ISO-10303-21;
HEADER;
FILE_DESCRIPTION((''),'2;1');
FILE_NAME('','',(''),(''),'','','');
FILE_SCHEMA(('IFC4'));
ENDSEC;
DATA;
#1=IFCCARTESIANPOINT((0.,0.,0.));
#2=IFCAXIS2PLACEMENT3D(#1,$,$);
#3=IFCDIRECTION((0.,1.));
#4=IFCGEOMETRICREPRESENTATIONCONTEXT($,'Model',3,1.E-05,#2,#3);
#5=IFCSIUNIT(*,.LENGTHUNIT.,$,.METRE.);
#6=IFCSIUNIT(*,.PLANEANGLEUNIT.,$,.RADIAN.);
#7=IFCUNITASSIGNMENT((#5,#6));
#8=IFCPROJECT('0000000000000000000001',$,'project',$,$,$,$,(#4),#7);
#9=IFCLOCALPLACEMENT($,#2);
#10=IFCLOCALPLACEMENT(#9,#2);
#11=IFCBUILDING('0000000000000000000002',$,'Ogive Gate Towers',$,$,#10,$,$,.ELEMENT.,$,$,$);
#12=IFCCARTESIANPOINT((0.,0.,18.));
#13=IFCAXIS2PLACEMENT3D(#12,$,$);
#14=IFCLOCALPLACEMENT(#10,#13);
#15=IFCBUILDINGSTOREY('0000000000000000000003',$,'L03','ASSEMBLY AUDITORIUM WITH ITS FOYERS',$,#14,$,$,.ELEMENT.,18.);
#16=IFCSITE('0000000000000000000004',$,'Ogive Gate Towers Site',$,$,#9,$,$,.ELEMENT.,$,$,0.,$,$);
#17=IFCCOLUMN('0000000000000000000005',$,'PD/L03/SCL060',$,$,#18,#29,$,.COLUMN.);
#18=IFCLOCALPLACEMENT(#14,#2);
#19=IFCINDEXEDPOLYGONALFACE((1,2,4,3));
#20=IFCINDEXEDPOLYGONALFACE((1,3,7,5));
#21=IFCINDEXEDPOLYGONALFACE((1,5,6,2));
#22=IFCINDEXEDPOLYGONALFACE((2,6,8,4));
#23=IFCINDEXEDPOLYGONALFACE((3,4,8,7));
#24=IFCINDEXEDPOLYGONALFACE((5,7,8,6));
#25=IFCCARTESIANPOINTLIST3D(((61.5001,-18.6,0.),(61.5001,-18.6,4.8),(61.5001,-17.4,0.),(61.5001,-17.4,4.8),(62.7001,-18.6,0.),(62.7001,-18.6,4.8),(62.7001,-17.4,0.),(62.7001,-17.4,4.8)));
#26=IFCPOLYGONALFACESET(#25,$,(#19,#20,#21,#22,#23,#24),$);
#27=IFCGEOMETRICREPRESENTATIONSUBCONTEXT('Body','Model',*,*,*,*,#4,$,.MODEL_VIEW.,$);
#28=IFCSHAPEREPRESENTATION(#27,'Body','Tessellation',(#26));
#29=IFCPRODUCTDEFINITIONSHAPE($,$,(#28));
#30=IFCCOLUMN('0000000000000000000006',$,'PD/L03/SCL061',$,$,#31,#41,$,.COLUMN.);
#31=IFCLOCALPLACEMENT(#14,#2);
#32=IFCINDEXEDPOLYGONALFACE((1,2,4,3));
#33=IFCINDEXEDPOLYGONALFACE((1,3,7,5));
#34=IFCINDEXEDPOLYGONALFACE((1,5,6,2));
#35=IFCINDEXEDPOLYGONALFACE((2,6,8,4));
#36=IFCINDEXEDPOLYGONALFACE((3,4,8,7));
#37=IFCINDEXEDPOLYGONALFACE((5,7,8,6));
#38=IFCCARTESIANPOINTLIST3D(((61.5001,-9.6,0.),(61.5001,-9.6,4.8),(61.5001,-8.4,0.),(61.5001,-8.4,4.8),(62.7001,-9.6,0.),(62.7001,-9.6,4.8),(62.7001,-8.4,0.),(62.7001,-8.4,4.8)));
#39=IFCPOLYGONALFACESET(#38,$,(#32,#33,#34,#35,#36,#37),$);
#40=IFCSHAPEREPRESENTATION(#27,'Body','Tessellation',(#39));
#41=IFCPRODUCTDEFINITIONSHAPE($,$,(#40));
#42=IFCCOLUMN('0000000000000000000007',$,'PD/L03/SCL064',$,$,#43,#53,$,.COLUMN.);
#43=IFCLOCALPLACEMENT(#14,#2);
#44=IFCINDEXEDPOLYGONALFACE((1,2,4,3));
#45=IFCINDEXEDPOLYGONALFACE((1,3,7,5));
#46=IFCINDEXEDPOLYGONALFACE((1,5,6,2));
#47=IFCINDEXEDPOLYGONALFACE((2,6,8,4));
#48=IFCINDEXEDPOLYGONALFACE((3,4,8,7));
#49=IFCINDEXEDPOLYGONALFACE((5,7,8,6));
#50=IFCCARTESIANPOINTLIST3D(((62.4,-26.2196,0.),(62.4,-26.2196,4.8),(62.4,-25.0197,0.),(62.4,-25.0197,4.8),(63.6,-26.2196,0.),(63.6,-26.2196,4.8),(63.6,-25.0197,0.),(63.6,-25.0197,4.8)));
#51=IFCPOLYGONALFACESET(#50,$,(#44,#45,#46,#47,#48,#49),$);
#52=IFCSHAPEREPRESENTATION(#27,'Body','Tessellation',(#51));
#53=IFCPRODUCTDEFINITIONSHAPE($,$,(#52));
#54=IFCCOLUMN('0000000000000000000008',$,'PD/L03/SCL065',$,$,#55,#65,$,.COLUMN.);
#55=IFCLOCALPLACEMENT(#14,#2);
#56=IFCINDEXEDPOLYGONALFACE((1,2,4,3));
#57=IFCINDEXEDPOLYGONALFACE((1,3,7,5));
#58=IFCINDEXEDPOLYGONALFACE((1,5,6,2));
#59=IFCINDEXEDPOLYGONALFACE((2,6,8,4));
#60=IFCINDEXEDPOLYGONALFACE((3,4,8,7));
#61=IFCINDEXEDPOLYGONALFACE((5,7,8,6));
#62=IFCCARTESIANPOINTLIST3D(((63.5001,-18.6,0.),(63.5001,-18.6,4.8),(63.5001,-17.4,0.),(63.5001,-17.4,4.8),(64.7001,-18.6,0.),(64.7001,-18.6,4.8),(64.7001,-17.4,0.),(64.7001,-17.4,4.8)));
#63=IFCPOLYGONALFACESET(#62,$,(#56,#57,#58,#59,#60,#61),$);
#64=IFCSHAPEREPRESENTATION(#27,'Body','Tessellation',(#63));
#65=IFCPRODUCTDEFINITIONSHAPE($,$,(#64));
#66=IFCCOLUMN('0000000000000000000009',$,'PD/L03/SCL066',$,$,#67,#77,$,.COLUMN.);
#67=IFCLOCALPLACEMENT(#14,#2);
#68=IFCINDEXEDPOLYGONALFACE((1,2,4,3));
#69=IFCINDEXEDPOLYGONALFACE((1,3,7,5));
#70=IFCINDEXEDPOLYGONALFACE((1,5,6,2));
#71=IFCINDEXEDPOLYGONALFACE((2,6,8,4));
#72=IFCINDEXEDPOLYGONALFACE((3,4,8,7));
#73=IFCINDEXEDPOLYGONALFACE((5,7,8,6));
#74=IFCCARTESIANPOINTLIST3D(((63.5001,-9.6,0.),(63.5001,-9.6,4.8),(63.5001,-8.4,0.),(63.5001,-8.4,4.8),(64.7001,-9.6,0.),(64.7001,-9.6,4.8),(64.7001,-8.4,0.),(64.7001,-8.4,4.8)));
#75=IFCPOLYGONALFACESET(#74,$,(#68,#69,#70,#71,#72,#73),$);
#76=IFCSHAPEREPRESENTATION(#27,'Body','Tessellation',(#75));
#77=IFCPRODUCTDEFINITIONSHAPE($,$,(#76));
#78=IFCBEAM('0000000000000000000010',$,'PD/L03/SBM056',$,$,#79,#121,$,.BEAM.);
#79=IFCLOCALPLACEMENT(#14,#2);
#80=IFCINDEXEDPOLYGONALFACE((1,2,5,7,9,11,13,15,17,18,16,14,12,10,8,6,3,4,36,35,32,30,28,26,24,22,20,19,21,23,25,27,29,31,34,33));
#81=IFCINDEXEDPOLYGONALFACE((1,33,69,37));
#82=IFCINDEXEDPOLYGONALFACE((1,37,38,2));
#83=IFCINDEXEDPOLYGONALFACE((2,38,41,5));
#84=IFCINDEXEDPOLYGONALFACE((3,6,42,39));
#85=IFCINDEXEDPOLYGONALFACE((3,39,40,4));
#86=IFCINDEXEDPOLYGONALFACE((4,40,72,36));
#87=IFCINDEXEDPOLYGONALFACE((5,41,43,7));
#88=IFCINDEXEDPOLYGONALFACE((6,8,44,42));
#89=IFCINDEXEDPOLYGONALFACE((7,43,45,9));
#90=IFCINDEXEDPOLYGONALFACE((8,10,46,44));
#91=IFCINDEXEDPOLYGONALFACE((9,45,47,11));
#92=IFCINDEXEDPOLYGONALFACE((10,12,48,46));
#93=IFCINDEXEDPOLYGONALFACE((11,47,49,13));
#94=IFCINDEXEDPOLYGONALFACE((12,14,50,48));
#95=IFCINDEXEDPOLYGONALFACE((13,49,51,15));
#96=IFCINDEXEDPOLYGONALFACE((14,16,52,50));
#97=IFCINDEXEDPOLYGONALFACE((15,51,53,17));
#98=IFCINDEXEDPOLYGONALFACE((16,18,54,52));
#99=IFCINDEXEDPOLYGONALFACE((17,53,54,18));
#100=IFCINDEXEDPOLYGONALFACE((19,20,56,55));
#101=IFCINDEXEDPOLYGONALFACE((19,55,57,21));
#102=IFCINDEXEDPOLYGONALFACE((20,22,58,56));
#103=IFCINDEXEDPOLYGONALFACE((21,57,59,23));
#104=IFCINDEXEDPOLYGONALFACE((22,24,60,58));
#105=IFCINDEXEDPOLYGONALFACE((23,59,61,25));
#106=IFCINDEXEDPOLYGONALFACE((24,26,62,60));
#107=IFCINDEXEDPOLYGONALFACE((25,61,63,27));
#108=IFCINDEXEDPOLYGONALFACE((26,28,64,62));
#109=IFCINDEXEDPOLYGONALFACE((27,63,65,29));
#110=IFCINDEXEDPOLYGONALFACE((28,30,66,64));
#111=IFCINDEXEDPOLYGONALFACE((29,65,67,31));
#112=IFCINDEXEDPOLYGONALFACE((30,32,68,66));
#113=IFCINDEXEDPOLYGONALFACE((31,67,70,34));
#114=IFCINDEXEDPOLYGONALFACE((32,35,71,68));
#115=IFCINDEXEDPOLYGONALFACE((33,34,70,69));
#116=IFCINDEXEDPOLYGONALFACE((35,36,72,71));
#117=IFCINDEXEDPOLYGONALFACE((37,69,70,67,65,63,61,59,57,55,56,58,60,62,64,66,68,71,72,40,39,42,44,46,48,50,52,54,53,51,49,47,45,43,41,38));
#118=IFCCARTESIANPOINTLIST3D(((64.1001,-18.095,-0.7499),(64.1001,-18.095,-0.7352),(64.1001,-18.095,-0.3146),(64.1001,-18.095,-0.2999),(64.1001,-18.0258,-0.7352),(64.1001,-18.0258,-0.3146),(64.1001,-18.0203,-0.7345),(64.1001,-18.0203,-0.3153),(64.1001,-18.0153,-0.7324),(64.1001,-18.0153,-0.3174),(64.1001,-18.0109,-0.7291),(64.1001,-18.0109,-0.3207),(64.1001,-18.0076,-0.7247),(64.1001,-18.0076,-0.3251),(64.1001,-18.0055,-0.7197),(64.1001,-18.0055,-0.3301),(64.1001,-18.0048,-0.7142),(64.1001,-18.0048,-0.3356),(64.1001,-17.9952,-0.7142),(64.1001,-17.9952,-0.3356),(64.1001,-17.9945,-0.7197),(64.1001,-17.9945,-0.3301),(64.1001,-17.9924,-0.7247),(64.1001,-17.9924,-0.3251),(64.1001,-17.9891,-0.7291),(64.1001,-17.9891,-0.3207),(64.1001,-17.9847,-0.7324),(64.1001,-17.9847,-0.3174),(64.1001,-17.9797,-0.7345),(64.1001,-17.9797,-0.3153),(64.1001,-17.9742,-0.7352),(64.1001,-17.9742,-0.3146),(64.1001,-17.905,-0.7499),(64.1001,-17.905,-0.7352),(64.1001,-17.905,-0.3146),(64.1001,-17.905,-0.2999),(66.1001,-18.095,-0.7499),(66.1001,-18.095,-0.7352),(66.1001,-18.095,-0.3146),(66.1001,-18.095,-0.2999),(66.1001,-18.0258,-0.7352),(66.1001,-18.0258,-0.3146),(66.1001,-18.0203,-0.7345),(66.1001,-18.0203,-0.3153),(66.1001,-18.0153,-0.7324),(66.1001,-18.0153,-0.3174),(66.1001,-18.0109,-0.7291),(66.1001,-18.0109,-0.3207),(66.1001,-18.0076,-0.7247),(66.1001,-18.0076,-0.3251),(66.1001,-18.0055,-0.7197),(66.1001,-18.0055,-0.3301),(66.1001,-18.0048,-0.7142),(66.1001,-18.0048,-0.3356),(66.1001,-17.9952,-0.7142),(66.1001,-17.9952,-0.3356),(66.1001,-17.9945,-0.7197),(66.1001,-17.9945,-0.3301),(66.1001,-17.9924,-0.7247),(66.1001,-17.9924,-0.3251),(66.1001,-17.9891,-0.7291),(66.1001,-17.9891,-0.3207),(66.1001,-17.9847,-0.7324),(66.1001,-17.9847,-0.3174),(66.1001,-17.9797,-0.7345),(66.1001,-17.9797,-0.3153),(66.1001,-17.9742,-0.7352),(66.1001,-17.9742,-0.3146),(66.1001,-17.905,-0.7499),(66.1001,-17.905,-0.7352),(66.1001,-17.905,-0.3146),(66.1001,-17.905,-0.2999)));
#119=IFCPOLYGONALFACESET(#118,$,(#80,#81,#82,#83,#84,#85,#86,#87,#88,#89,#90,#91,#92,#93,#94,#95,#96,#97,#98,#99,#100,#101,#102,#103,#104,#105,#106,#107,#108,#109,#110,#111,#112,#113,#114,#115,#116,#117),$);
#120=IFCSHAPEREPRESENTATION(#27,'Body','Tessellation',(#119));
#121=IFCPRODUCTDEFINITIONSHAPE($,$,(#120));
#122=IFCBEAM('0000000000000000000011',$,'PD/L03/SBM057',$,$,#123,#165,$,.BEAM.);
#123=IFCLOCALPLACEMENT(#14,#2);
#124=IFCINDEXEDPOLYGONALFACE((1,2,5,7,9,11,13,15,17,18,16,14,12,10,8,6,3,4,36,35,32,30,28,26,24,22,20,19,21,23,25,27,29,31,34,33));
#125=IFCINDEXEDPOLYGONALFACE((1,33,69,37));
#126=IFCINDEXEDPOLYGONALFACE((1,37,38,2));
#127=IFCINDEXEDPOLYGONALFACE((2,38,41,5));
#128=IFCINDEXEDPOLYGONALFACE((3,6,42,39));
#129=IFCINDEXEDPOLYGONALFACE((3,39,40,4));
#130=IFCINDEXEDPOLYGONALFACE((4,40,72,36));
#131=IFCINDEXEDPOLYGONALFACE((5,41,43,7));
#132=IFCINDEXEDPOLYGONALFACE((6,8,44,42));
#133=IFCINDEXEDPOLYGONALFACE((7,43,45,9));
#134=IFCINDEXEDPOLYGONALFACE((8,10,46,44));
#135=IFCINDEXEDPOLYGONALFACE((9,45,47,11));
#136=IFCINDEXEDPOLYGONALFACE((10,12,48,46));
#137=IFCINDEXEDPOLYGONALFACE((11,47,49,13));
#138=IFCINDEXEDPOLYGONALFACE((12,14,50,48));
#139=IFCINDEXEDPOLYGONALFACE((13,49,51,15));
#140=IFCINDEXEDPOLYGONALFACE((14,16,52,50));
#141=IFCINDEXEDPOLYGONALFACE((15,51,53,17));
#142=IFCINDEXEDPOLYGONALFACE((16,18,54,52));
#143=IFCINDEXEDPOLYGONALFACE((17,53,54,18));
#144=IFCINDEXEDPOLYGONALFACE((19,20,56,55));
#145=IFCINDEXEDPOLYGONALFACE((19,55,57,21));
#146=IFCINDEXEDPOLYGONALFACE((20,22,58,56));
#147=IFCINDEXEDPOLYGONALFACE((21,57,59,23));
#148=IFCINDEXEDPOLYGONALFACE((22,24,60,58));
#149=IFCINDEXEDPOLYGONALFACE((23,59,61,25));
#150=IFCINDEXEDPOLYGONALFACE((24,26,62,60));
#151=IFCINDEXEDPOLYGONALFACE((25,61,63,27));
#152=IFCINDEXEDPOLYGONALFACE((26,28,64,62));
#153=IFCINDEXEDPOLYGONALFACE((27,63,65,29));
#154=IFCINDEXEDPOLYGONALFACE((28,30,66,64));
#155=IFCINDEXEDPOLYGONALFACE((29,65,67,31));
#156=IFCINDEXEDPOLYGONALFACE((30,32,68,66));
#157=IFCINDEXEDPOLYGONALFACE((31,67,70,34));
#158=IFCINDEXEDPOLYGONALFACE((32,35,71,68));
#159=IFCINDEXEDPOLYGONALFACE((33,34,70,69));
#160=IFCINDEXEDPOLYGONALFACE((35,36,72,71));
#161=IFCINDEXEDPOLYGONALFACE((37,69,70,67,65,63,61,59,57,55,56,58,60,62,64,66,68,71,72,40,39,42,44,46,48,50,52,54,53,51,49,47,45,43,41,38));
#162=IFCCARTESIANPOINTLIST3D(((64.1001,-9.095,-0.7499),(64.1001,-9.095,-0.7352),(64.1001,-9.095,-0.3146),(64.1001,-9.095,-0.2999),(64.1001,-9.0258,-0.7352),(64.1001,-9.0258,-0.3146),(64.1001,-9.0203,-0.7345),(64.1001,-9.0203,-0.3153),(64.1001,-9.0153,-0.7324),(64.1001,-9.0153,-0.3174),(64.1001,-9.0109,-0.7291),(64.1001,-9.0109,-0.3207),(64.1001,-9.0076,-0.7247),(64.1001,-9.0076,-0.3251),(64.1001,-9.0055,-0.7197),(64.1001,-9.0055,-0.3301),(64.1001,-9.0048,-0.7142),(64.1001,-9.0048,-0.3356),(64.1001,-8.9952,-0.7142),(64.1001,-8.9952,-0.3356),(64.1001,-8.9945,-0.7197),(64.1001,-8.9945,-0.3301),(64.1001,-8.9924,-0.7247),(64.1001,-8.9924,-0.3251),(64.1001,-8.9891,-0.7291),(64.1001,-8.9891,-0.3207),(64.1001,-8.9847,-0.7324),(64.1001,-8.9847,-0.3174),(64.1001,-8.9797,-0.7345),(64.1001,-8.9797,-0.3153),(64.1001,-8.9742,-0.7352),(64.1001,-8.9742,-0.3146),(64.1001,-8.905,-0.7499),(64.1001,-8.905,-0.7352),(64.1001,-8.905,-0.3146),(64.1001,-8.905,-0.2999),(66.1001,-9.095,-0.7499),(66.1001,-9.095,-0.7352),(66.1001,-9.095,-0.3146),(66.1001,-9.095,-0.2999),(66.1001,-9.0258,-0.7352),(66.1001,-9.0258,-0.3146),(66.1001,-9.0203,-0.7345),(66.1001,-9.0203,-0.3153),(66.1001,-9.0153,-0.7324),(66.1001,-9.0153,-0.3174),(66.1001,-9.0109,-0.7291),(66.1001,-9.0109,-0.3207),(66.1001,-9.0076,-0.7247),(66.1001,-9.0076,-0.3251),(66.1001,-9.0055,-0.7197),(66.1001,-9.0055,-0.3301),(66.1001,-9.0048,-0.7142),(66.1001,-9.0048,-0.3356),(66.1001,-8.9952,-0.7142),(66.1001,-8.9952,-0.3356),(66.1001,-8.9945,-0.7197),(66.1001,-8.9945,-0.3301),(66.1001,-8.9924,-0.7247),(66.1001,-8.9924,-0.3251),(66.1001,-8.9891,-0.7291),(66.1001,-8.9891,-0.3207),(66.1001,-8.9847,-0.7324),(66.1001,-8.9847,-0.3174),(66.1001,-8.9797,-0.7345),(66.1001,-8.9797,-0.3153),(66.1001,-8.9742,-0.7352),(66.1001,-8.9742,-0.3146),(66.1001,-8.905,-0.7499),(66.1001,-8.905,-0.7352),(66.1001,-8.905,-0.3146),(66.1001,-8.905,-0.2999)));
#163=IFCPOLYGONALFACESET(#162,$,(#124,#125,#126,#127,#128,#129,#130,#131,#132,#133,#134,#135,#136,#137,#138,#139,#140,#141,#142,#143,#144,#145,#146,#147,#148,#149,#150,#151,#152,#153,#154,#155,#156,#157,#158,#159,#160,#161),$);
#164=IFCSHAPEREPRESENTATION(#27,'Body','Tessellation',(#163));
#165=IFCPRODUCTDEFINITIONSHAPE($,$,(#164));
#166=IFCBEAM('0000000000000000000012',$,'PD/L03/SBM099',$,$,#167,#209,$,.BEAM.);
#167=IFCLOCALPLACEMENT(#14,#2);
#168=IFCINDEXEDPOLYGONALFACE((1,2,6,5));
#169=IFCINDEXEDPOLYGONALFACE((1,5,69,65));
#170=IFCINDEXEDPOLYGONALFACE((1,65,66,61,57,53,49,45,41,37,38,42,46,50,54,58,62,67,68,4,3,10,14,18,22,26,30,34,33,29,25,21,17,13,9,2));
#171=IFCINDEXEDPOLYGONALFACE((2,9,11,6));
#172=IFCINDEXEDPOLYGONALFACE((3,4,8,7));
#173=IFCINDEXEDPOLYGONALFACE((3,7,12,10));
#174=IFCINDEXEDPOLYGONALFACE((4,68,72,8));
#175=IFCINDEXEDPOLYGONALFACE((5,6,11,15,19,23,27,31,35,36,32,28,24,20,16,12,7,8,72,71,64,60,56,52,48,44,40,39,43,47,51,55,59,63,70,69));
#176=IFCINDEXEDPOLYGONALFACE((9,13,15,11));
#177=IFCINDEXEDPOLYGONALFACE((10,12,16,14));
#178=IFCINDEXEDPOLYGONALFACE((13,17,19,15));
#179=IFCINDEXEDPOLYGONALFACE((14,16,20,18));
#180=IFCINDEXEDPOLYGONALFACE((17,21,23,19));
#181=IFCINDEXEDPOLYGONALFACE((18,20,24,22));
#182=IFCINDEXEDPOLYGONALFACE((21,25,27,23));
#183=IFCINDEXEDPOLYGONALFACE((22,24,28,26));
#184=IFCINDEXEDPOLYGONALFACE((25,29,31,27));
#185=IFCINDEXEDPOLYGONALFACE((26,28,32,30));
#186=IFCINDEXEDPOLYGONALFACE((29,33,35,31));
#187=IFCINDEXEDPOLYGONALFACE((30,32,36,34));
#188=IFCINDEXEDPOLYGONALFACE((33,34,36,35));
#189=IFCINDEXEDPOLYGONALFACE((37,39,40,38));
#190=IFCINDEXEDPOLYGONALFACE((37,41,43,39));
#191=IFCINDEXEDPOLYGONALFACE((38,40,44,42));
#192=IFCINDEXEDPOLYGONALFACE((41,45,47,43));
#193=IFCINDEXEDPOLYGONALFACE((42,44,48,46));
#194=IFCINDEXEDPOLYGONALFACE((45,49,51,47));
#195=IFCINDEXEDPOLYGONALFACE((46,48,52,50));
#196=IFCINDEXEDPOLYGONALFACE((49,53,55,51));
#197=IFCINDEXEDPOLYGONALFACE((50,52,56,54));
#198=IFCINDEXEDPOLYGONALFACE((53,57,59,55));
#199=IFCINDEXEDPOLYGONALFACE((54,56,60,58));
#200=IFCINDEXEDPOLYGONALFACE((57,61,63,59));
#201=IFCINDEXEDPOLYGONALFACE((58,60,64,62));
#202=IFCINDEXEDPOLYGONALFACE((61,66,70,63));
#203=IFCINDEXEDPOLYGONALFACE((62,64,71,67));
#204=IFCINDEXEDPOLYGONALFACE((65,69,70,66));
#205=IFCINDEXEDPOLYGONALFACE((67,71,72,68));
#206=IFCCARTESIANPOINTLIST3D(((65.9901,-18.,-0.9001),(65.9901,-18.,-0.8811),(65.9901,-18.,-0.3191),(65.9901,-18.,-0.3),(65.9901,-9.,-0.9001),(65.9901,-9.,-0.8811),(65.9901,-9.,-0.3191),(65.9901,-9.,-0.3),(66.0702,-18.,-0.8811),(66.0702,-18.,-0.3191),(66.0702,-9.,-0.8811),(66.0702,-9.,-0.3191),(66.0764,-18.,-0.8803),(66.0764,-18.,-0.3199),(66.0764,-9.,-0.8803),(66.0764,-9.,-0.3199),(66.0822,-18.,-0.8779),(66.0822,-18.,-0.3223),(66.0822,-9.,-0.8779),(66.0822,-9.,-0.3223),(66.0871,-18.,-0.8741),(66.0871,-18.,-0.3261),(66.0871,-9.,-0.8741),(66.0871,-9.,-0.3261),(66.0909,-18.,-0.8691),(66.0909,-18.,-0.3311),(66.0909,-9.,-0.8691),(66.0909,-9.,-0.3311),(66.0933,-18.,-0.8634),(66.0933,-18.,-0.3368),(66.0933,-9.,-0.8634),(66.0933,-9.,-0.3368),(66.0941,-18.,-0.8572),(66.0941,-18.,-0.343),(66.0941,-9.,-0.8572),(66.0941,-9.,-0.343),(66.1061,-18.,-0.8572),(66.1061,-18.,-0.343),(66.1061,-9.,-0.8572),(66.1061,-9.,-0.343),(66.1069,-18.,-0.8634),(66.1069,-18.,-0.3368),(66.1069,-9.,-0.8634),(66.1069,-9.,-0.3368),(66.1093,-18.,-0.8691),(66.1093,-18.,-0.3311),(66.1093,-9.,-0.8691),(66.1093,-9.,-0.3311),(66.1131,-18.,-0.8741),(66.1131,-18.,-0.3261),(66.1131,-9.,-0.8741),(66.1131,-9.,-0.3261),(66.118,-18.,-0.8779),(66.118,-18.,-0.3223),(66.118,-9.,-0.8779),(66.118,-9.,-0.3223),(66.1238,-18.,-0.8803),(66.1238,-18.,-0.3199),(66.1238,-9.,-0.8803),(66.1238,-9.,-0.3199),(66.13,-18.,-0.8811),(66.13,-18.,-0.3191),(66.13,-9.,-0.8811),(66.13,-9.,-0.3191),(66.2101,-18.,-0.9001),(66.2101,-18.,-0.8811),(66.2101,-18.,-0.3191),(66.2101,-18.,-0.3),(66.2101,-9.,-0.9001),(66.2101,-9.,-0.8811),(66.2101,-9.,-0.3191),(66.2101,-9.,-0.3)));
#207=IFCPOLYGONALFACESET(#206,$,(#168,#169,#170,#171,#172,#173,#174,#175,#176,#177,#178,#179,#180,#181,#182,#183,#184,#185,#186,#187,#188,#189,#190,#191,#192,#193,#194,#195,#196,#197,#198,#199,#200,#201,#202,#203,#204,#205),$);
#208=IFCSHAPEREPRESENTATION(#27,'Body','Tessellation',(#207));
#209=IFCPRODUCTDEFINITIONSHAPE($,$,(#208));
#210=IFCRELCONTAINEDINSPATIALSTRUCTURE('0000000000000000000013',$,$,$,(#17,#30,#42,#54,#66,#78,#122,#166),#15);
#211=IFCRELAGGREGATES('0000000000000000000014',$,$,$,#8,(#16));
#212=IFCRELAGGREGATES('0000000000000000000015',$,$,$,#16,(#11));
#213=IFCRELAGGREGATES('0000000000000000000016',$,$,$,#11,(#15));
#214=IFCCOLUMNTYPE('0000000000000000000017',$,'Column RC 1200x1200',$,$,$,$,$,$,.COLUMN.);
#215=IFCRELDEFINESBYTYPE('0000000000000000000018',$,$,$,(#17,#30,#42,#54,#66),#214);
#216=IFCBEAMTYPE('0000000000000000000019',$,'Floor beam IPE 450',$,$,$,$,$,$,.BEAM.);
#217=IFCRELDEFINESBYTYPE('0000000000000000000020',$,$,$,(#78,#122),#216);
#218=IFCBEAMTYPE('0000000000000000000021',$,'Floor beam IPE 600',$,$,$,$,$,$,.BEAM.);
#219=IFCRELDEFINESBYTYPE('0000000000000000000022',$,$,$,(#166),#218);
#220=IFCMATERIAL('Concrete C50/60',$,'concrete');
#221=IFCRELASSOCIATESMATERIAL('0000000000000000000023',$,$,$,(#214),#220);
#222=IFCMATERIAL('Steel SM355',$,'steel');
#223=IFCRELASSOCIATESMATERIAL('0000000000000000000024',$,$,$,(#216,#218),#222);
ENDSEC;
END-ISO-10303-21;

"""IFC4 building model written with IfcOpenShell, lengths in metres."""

from ifc_helpers import new_model, si_unit, direction, frame, origin, origin_2d, place, context, subcontext, project, spatial, rectangle, i_section, extrude, material, material_profile, profile_set, type_object, element, save


model = new_model("IFC4")

# Units and contexts
model_context = context("Model", 3, precision=1e-05, world=origin(), true_north=direction((0.0, 1.0)))
body_context = subcontext(model_context, "Body", "Model", "MODEL_VIEW")
ifc_project = project(units=[si_unit("LENGTHUNIT", "METRE"), si_unit("PLANEANGLEUNIT", "RADIAN")], contexts=[model_context])

# Site, building, storey
site_placement = place(None, origin())
site = spatial("IfcSite", under=ifc_project, at=site_placement, Name="Ogive Gate Towers Site", CompositionType="ELEMENT", RefElevation=0.0)
building_placement = place(site_placement, origin())
building = spatial("IfcBuilding", under=site, at=building_placement, Name="Ogive Gate Towers", CompositionType="ELEMENT")
storey_placement = place(building_placement, frame((0.0, 0.0, 18.0)))
storey = spatial("IfcBuildingStorey", under=building, at=storey_placement, Name="L03", Description="ASSEMBLY AUDITORIUM WITH ITS FOYERS", CompositionType="ELEMENT", Elevation=18.0)

# Columns
ifc_material_1 = material(Name="Concrete C50/60", Category="concrete")
ifc_material_profile_1 = material_profile(ifc_material_1, rectangle(XDim=1.2, YDim=1.2, at=origin_2d()), Name="RC 1200x1200")
ifc_profile_set_1 = profile_set([ifc_material_profile_1], Name="Concrete C50/60")
column_type = type_object("IfcColumnType", Name="Column RC 1200x1200", PredefinedType="COLUMN", material=ifc_profile_set_1)
for number, where, z_axis, x_axis, name in (
    (1, (62.1001, -18.0, 0.0), (0.0, 0.0, 1.0), (1.0, 0.0, 0.0), "PD/L03/SCL060"),
    (2, (62.1001, -9.0, 0.0), (0.0, 0.0, 1.0), (1.0, 0.0, 0.0), "PD/L03/SCL061"),
    (3, (63.0, -25.6196, 0.0), (0.0, 0.0, 1.0), (1.0, 0.0, 0.0), "PD/L03/SCL064"),
    (4, (64.1001, -18.0, 0.0), (0.0, 0.0, 1.0), (1.0, 0.0, 0.0), "PD/L03/SCL065"),
    (5, (64.1001, -9.0, 0.0), (0.0, 0.0, 1.0), (1.0, 0.0, 0.0), "PD/L03/SCL066"),
):
    element("IfcColumn", number, at=place(storey_placement, frame(where, z_axis=z_axis, x_axis=x_axis)), inside=storey, type_object=column_type, Name=name, PredefinedType="COLUMN", context=body_context, shape_type="SweptSolid", body=[
        extrude(rectangle(XDim=1.2, YDim=1.2, at=origin_2d()), origin(), (0.0, 0.0, 1.0), 4.8),
    ])

# Beams
ifc_material_2 = material(Name="Steel SM355", Category="steel")
ifc_material_profile_2 = material_profile(ifc_material_2, i_section(OverallWidth=0.1899, OverallDepth=0.45, WebThickness=0.0095, FlangeThickness=0.0146, FilletRadius=0.021, at=origin_2d()), Name="IPE 450")
ifc_profile_set_2 = profile_set([ifc_material_profile_2], Name="Steel SM355")
beam_type_1 = type_object("IfcBeamType", Name="Floor beam IPE 450", PredefinedType="BEAM", material=ifc_profile_set_2)
for number, where, z_axis, x_axis, name in (
    (6, (64.1001, -18.0, -0.5249), (1.0, 0.0, 0.0), (0.0, 1.0, 0.0), "PD/L03/SBM056"),
    (7, (64.1001, -9.0, -0.5249), (1.0, 0.0, 0.0), (0.0, 1.0, 0.0), "PD/L03/SBM057"),
):
    element("IfcBeam", number, at=place(storey_placement, frame(where, z_axis=z_axis, x_axis=x_axis)), inside=storey, type_object=beam_type_1, Name=name, PredefinedType="BEAM", context=body_context, shape_type="SweptSolid", body=[
        extrude(i_section(OverallWidth=0.1899, OverallDepth=0.45, WebThickness=0.0095, FlangeThickness=0.0146, FilletRadius=0.021, at=origin_2d()), origin(), (0.0, 0.0, 1.0), 2.0),
    ])
ifc_material_profile_3 = material_profile(ifc_material_2, i_section(OverallWidth=0.22, OverallDepth=0.6001, WebThickness=0.012, FlangeThickness=0.019, FilletRadius=0.0239, at=origin_2d()), Name="IPE 600")
ifc_profile_set_3 = profile_set([ifc_material_profile_3], Name="Steel SM355")
beam_type_2 = type_object("IfcBeamType", Name="Floor beam IPE 600", PredefinedType="BEAM", material=ifc_profile_set_3)
beam_1_placement = place(storey_placement, frame((66.1001, -9.0, -0.6001), z_axis=(0.0, -1.0, 0.0), x_axis=(1.0, 0.0, 0.0)))
element("IfcBeam", 8, at=beam_1_placement, inside=storey, type_object=beam_type_2, Name="PD/L03/SBM099", PredefinedType="BEAM", context=body_context, shape_type="SweptSolid", body=[
    extrude(i_section(OverallWidth=0.22, OverallDepth=0.6001, WebThickness=0.012, FlangeThickness=0.019, FilletRadius=0.0239, at=origin_2d()), origin(), (0.0, 0.0, 1.0), 9.0),
])

save(model, "model.ifc")
